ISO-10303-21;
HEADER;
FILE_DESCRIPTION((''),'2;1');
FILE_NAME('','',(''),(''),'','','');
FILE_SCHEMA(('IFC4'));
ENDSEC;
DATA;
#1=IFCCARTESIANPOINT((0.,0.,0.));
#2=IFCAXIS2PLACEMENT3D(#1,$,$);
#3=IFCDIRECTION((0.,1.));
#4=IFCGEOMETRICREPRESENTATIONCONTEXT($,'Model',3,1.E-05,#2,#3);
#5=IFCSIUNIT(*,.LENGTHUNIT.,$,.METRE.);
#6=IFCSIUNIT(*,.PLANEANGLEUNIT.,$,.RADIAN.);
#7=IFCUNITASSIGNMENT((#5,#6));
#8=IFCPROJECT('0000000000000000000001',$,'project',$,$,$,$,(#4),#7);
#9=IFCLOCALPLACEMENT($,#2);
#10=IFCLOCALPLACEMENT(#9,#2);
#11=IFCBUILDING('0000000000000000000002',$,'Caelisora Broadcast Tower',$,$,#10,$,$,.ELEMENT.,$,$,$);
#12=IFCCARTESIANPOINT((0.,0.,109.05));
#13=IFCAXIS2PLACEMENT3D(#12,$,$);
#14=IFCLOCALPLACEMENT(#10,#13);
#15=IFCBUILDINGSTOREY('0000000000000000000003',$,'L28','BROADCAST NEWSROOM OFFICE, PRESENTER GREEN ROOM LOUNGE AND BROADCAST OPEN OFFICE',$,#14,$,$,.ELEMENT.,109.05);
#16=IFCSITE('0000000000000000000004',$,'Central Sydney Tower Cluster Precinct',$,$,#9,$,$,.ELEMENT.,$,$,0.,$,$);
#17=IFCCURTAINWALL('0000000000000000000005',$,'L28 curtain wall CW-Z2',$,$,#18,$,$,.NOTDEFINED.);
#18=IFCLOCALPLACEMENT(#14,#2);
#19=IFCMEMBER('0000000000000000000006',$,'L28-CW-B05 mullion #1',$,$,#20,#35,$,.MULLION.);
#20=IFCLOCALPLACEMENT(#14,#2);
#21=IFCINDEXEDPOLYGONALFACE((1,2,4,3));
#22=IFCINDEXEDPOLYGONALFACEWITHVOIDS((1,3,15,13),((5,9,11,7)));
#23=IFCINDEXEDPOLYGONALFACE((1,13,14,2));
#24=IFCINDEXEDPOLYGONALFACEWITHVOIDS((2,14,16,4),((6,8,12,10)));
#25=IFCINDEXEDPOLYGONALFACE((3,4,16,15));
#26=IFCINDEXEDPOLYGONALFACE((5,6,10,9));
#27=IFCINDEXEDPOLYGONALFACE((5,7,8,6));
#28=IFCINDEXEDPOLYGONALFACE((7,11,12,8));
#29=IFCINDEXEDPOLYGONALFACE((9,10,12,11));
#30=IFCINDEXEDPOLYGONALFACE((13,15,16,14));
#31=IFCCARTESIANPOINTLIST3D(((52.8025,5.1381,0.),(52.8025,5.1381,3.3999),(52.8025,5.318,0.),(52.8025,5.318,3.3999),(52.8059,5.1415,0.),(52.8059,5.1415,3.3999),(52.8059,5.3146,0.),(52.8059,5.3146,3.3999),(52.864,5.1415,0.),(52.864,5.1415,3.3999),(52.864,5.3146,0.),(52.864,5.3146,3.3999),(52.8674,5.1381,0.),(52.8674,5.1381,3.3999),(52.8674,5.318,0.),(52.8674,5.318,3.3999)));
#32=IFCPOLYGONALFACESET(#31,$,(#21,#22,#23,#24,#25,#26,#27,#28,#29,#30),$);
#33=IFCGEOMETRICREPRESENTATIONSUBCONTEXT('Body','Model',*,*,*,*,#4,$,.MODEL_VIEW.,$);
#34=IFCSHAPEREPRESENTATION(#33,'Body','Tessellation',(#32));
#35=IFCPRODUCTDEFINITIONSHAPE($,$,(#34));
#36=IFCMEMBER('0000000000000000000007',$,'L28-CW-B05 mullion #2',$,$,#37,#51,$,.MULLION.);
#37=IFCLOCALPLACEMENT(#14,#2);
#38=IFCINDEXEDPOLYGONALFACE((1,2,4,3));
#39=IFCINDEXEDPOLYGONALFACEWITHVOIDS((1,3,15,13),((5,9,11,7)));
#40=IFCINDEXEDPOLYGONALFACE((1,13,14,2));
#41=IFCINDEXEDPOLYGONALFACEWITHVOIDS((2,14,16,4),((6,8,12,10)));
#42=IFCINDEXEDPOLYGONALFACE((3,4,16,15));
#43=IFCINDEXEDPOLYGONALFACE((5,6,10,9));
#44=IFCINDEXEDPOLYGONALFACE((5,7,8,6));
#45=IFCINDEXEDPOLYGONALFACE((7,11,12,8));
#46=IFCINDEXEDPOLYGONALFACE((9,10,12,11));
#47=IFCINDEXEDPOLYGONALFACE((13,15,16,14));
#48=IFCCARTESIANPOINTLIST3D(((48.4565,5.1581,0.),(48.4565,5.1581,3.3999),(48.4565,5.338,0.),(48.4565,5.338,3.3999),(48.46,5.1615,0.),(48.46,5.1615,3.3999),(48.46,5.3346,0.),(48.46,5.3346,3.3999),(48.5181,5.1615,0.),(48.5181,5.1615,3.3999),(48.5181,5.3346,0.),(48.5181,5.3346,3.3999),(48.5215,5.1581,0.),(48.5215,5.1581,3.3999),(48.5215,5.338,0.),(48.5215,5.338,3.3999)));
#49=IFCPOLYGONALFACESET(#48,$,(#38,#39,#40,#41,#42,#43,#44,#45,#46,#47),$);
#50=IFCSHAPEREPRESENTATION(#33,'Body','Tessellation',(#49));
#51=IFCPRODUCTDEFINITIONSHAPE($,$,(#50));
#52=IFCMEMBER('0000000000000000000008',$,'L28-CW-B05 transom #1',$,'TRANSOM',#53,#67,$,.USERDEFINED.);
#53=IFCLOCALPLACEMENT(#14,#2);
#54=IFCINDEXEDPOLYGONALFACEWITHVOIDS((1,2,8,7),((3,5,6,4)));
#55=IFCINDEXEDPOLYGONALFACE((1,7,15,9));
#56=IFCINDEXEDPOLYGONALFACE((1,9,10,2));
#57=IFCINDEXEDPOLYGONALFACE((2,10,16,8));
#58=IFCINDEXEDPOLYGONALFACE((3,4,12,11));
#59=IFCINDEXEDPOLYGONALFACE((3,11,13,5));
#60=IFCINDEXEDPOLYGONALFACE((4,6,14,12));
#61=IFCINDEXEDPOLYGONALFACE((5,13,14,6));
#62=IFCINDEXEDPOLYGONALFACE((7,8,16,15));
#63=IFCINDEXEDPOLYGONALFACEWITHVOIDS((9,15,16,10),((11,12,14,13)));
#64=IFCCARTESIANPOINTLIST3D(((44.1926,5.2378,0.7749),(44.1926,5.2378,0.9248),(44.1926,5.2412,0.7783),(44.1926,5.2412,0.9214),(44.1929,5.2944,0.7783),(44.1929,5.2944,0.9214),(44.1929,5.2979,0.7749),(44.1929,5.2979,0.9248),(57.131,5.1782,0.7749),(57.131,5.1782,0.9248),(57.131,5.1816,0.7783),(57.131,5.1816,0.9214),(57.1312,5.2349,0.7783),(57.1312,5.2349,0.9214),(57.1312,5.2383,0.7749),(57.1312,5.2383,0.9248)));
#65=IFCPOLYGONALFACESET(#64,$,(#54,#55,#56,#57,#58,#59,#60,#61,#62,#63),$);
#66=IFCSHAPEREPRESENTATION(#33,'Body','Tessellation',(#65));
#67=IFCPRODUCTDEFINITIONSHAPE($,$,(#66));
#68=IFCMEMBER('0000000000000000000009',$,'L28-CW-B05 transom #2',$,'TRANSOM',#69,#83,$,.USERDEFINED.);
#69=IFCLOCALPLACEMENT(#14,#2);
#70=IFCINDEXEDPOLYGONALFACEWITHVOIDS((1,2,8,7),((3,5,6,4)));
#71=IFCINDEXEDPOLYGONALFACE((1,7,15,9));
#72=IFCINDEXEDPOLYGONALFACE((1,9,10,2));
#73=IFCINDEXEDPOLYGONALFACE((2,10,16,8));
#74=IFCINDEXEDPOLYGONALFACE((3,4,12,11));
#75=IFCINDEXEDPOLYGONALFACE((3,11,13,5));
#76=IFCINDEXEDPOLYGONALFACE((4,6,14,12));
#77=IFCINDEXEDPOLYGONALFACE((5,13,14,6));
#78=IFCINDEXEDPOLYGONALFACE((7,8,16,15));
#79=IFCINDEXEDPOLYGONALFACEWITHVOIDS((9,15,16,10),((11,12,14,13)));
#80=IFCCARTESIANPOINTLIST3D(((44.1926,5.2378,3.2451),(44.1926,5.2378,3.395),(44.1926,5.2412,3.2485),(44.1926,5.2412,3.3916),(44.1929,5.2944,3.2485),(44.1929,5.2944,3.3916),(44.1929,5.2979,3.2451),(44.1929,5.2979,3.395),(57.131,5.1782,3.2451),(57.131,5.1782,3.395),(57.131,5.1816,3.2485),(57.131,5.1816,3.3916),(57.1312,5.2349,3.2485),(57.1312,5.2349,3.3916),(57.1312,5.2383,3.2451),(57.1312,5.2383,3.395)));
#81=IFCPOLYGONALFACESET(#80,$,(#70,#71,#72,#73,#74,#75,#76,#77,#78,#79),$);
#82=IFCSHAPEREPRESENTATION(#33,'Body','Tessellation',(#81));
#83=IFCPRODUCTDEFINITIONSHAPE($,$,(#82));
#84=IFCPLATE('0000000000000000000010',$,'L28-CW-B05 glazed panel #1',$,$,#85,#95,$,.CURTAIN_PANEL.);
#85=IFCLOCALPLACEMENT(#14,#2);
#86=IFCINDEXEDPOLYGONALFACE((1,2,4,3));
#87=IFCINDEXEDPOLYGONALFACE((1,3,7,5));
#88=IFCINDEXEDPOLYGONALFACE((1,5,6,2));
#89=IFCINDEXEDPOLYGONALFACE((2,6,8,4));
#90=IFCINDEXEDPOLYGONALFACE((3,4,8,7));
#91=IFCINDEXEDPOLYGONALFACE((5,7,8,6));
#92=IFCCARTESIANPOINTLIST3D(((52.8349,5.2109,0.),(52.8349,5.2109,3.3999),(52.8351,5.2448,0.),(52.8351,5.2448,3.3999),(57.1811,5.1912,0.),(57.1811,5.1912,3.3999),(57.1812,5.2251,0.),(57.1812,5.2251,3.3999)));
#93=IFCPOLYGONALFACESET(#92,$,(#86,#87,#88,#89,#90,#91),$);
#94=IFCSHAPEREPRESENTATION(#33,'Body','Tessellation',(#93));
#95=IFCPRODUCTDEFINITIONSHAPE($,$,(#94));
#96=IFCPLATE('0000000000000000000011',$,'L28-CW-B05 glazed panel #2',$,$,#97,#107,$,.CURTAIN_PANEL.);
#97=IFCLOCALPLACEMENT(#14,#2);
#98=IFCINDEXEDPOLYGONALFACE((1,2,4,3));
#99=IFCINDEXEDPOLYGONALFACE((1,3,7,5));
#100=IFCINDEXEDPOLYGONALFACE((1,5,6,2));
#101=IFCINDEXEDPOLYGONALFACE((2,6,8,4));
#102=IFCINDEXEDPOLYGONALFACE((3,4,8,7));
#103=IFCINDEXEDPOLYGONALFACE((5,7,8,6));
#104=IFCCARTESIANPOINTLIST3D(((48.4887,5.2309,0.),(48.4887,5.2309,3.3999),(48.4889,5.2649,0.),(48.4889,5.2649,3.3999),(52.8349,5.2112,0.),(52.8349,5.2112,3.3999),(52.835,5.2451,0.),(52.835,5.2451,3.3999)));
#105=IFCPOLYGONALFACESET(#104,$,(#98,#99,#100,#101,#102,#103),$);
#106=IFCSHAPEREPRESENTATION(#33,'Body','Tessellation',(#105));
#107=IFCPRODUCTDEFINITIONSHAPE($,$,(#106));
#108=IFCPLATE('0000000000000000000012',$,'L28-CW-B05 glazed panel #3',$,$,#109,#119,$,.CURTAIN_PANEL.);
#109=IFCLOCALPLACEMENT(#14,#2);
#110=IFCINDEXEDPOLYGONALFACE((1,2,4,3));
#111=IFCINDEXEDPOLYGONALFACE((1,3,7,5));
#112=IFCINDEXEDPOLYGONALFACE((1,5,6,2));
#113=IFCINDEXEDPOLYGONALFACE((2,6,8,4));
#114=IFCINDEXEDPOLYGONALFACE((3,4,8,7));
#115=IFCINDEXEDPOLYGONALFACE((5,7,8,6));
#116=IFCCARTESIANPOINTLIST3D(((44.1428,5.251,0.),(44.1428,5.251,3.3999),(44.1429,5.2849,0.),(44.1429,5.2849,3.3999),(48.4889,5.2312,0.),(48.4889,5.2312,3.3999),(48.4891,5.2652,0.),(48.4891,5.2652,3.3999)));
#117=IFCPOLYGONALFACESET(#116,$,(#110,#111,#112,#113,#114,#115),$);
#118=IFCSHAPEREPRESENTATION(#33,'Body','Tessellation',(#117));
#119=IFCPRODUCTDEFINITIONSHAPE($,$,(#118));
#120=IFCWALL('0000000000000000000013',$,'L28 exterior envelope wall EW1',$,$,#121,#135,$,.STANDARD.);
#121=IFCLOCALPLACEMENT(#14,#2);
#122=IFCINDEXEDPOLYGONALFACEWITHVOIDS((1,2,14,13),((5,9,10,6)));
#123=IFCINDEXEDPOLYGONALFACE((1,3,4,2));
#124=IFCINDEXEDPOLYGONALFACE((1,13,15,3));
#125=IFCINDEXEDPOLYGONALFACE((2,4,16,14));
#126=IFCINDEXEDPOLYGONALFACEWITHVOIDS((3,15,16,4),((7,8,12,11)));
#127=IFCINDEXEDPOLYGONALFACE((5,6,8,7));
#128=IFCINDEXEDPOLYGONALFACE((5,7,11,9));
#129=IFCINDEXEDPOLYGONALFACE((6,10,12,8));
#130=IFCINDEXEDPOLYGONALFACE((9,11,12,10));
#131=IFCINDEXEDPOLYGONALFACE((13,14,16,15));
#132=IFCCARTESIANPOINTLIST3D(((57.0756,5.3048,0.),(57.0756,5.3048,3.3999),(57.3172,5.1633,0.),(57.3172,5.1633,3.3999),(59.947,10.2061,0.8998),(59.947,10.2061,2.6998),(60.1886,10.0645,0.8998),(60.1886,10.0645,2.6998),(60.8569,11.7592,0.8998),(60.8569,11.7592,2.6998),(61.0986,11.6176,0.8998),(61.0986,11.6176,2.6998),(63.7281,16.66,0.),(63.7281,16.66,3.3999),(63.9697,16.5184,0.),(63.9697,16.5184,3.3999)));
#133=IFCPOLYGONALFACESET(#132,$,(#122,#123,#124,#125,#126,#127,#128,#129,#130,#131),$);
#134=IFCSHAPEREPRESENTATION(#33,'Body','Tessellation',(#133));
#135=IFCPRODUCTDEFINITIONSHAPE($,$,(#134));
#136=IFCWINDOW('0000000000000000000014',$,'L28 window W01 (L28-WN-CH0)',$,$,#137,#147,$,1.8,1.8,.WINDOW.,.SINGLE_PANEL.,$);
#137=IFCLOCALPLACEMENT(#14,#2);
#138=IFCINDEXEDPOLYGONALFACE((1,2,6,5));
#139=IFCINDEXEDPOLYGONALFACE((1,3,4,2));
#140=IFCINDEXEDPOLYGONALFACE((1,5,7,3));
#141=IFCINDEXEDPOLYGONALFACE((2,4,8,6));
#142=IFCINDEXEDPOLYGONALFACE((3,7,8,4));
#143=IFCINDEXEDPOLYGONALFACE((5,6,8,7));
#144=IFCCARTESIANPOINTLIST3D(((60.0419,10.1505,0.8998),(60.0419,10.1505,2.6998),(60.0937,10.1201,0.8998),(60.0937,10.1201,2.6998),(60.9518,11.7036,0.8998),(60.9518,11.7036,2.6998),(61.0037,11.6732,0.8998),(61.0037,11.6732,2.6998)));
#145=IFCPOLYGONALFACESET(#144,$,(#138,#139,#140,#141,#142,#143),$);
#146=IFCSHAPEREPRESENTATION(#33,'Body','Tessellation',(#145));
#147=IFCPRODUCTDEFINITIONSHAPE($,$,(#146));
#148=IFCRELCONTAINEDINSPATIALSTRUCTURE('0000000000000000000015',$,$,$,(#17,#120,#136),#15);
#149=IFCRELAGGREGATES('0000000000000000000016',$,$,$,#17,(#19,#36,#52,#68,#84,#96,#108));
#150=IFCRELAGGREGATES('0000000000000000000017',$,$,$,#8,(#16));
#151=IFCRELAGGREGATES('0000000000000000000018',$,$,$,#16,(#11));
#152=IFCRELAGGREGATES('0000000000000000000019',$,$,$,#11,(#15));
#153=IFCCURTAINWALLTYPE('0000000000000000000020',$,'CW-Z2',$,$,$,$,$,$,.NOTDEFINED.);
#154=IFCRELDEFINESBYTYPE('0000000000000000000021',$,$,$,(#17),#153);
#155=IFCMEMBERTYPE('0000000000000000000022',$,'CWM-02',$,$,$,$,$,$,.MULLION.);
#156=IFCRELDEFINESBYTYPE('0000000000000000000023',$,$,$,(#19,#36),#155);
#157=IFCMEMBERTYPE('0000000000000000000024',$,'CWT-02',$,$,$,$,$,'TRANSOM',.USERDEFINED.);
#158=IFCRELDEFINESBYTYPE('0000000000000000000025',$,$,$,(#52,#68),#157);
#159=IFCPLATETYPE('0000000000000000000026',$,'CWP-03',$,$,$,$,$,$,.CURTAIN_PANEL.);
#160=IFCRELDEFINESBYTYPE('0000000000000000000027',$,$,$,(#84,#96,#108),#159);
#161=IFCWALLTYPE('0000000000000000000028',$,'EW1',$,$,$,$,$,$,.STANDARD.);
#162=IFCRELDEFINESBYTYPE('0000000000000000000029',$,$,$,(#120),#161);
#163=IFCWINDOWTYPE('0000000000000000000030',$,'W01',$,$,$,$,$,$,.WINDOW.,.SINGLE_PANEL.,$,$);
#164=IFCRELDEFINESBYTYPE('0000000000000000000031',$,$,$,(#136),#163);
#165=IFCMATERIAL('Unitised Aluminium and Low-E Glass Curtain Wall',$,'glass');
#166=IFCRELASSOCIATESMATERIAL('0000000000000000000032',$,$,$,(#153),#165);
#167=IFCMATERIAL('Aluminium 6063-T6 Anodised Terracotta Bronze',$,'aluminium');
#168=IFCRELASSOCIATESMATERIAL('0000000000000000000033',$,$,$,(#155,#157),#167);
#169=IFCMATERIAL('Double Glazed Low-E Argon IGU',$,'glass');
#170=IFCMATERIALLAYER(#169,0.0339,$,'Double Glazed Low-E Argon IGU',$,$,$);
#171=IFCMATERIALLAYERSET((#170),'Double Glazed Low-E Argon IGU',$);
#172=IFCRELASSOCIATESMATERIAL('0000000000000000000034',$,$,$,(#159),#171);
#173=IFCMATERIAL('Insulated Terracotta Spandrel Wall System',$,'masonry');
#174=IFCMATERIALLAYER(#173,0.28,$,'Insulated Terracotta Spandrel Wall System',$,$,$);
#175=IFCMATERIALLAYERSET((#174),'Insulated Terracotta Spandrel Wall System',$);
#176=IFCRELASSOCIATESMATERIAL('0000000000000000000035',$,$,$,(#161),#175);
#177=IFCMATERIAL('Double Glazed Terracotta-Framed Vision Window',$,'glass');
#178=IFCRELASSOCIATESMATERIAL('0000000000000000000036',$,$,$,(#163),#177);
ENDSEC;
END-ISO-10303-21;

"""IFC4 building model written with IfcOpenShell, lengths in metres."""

from ifc_helpers import new_model, si_unit, direction, frame, frame_2d, origin, origin_2d, place, context, subcontext, project, spatial, rectangle, hollow_rectangle, extrude, source, transform, mapped, material, layer, layer_set, material_profile, profile_set, type_object, type_shapes, element, fill, aggregate, save


model = new_model("IFC4")

# Units and contexts
model_context = context("Model", 3, precision=1e-05, world=origin(), true_north=direction((0.0, 1.0)))
body_context = subcontext(model_context, "Body", "Model", "MODEL_VIEW")
ifc_project = project(units=[si_unit("LENGTHUNIT", "METRE"), si_unit("PLANEANGLEUNIT", "RADIAN")], contexts=[model_context])

# Site, building, storey
site_placement = place(None, origin())
site = spatial("IfcSite", under=ifc_project, at=site_placement, Name="Central Sydney Tower Cluster Precinct", CompositionType="ELEMENT", RefElevation=0.0)
building_placement = place(site_placement, origin())
building = spatial("IfcBuilding", under=site, at=building_placement, Name="Caelisora Broadcast Tower", CompositionType="ELEMENT")
storey_placement = place(building_placement, frame((0.0, 0.0, 109.05)))
storey = spatial("IfcBuildingStorey", under=building, at=storey_placement, Name="L28", Description="BROADCAST NEWSROOM OFFICE, PRESENTER GREEN ROOM LOUNGE AND BROADCAST OPEN OFFICE", CompositionType="ELEMENT", Elevation=109.05)

# Curtain wall, members, plates
ifc_material_1 = material(Name="Unitised Aluminium and Low-E Glass Curtain Wall", Category="glass")
curtain_wall_type = type_object("IfcCurtainWallType", Name="CW-Z2", PredefinedType="NOTDEFINED", material=ifc_material_1)
curtain_wall_placement = place(storey_placement, origin())
curtain_wall = element("IfcCurtainWall", 1, at=curtain_wall_placement, inside=storey, type_object=curtain_wall_type, Name="L28 curtain wall CW-Z2", PredefinedType="NOTDEFINED")
ifc_material_2 = material(Name="Aluminium 6063-T6 Anodised Terracotta Bronze", Category="aluminium")
ifc_material_profile_1 = material_profile(ifc_material_2, hollow_rectangle(XDim=0.0649, YDim=0.1799, WallThickness=0.0034, at=origin_2d()), Name="Aluminium 6063-T6 Anodised Terracotta Bronze")
ifc_profile_set_1 = profile_set([ifc_material_profile_1], Name="Aluminium 6063-T6 Anodised Terracotta Bronze")
member_type_1 = type_object("IfcMemberType", Name="CWM-02", PredefinedType="MULLION", material=ifc_profile_set_1)
shared_shape_1 = source(origin(), body_context, "Body", "SweptSolid", [
    extrude(hollow_rectangle(XDim=0.0649, YDim=0.1799, WallThickness=0.0034, at=origin_2d()), origin(), (0.0, 0.0, 1.0), 3.3999),
])
type_shapes(member_type_1, [shared_shape_1])
member_1_placement = place(storey_placement, frame((52.835, 5.228, 0.0), z_axis=(0.0, 0.0, 1.0), x_axis=(1.0, 0.0, 0.0)))
member_1 = element("IfcMember", 2, at=member_1_placement, type_object=member_type_1, Name="L28-CW-B05 mullion #1", PredefinedType="MULLION", context=body_context, shape_type="MappedRepresentation", body=[
    mapped(shared_shape_1, transform((0.0, 0.0, 0.0), scale=1.0)),
])
member_2_placement = place(storey_placement, frame((48.489, 5.248, 0.0), z_axis=(0.0, 0.0, 1.0), x_axis=(1.0, 0.0, 0.0)))
member_2 = element("IfcMember", 3, at=member_2_placement, type_object=member_type_1, Name="L28-CW-B05 mullion #2", PredefinedType="MULLION", context=body_context, shape_type="MappedRepresentation", body=[
    mapped(shared_shape_1, transform((0.0, 0.0, 0.0), scale=1.0)),
])
ifc_material_profile_2 = material_profile(ifc_material_2, hollow_rectangle(XDim=0.0601, YDim=0.1499, WallThickness=0.0034, at=origin_2d()), Name="Aluminium 6063-T6 Anodised Terracotta Bronze")
ifc_profile_set_2 = profile_set([ifc_material_profile_2], Name="Aluminium 6063-T6 Anodised Terracotta Bronze")
member_type_2 = type_object("IfcMemberType", Name="CWT-02", ElementType="TRANSOM", PredefinedType="USERDEFINED", material=ifc_profile_set_2)
shared_shape_2 = source(origin(), body_context, "Body", "SweptSolid", [
    extrude(hollow_rectangle(XDim=0.0601, YDim=0.1499, WallThickness=0.0034, at=origin_2d()), origin(), (0.0, 0.0, 1.0), 12.9385),
])
type_shapes(member_type_2, [shared_shape_2])
member_3_placement = place(storey_placement, frame((57.1311, 5.2083, 0.8499), z_axis=(-0.999989, 0.004604, 0.0), x_axis=(-0.004604, -0.999989, 0.0)))
member_3 = element("IfcMember", 4, at=member_3_placement, type_object=member_type_2, Name="L28-CW-B05 transom #1", ObjectType="TRANSOM", PredefinedType="USERDEFINED", context=body_context, shape_type="MappedRepresentation", body=[
    mapped(shared_shape_2, transform((0.0, 0.0, 0.0), scale=1.0)),
])
member_4_placement = place(storey_placement, frame((57.1311, 5.2083, 3.3201), z_axis=(-0.999989, 0.004604, 0.0), x_axis=(-0.004604, -0.999989, 0.0)))
member_4 = element("IfcMember", 5, at=member_4_placement, type_object=member_type_2, Name="L28-CW-B05 transom #2", ObjectType="TRANSOM", PredefinedType="USERDEFINED", context=body_context, shape_type="MappedRepresentation", body=[
    mapped(shared_shape_2, transform((0.0, 0.0, 0.0), scale=1.0)),
])
ifc_material_3 = material(Name="Double Glazed Low-E Argon IGU", Category="glass")
ifc_layer_1 = layer(ifc_material_3, 0.0339, Name="Double Glazed Low-E Argon IGU")
ifc_layer_set_1 = layer_set([ifc_layer_1], Name="Double Glazed Low-E Argon IGU")
plate_type = type_object("IfcPlateType", Name="CWP-03", PredefinedType="CURTAIN_PANEL", material=ifc_layer_set_1)
shared_shape_3 = source(origin(), body_context, "Body", "SweptSolid", [
    extrude(rectangle(XDim=4.3462, YDim=0.0339, at=origin_2d()), origin(), (0.0, 0.0, 1.0), 3.3999),
])
type_shapes(plate_type, [shared_shape_3])
plate_1_placement = place(storey_placement, frame((55.0081, 5.218, 0.0), z_axis=(0.0, 0.0, 1.0), x_axis=(-0.99999, 0.004538, 0.0)))
plate_1 = element("IfcPlate", 6, at=plate_1_placement, type_object=plate_type, Name="L28-CW-B05 glazed panel #1", PredefinedType="CURTAIN_PANEL", context=body_context, shape_type="MappedRepresentation", body=[
    mapped(shared_shape_3, transform((0.0, 0.0, 0.0), scale=1.0)),
])
plate_2_placement = place(storey_placement, frame((50.6619, 5.238, 0.0), z_axis=(0.0, 0.0, 1.0), x_axis=(-0.99999, 0.004538, 0.0)))
plate_2 = element("IfcPlate", 7, at=plate_2_placement, type_object=plate_type, Name="L28-CW-B05 glazed panel #2", PredefinedType="CURTAIN_PANEL", context=body_context, shape_type="MappedRepresentation", body=[
    mapped(shared_shape_3, transform((0.0, 0.0, 0.0), scale=1.0)),
])
plate_3_placement = place(storey_placement, frame((46.3159, 5.2581, 0.0), z_axis=(0.0, 0.0, 1.0), x_axis=(-0.99999, 0.004538, 0.0)))
plate_3 = element("IfcPlate", 8, at=plate_3_placement, type_object=plate_type, Name="L28-CW-B05 glazed panel #3", PredefinedType="CURTAIN_PANEL", context=body_context, shape_type="MappedRepresentation", body=[
    mapped(shared_shape_3, transform((0.0, 0.0, 0.0), scale=1.0)),
])
aggregate(curtain_wall, [member_1, member_2, member_3, member_4, plate_1, plate_2, plate_3])

# Wall, opening, window
ifc_material_4 = material(Name="Insulated Terracotta Spandrel Wall System", Category="masonry")
ifc_layer_2 = layer(ifc_material_4, 0.28, Name="Insulated Terracotta Spandrel Wall System")
ifc_layer_set_2 = layer_set([ifc_layer_2], Name="Insulated Terracotta Spandrel Wall System")
wall_type_1 = type_object("IfcWallType", Name="EW1", PredefinedType="STANDARD", material=ifc_layer_set_2)
wall_1_placement = place(storey_placement, frame((63.8489, 16.5891, 0.0), z_axis=(0.0, 0.0, 1.0), x_axis=(-0.505498, -0.862828, 0.0)))
wall_1 = element("IfcWall", 9, at=wall_1_placement, inside=storey, type_object=wall_type_1, Name="L28 exterior envelope wall EW1", PredefinedType="STANDARD", context=body_context, shape_type="SweptSolid", body=[
    extrude(rectangle(XDim=13.1604, YDim=0.28, at=frame_2d((6.5801, 0.0))), origin(), (0.0, 0.0, 1.0), 3.3999),
])
opening_1_placement = place(wall_1_placement, frame((5.6799, 0.0, 0.8999)))
opening_1 = element("IfcOpeningElement", 10, at=opening_1_placement, cuts=wall_1, PredefinedType="OPENING", context=body_context, shape_type="SweptSolid", body=[
    extrude(rectangle(XDim=1.8, YDim=1.8, at=frame_2d((0.8999, 0.8999))), frame((0.0, 0.1521, 0.0), z_axis=(0.0, -1.0, 0.0), x_axis=(1.0, 0.0, 0.0)), (0.0, 0.0, 1.0), 0.304),
])
ifc_material_5 = material(Name="Double Glazed Terracotta-Framed Vision Window", Category="glass")
window_type = type_object("IfcWindowType", Name="W01", PartitioningType="SINGLE_PANEL", PredefinedType="WINDOW", material=ifc_material_5)
window_placement = place(opening_1_placement, origin())
window = element("IfcWindow", 11, at=window_placement, inside=storey, type_object=window_type, Name="L28 window W01 (L28-WN-CH0)", OverallHeight=1.8, OverallWidth=1.8, PartitioningType="SINGLE_PANEL", PredefinedType="WINDOW", context=body_context, shape_type="SweptSolid", body=[
    extrude(rectangle(XDim=1.8, YDim=1.8, at=frame_2d((0.8999, 0.8999))), frame((0.0, 0.03, 0.0), z_axis=(0.0, -1.0, 0.0), x_axis=(1.0, 0.0, 0.0)), (0.0, 0.0, 1.0), 0.0601),
])
fill(opening_1, window)

save(model, "model.ifc")
